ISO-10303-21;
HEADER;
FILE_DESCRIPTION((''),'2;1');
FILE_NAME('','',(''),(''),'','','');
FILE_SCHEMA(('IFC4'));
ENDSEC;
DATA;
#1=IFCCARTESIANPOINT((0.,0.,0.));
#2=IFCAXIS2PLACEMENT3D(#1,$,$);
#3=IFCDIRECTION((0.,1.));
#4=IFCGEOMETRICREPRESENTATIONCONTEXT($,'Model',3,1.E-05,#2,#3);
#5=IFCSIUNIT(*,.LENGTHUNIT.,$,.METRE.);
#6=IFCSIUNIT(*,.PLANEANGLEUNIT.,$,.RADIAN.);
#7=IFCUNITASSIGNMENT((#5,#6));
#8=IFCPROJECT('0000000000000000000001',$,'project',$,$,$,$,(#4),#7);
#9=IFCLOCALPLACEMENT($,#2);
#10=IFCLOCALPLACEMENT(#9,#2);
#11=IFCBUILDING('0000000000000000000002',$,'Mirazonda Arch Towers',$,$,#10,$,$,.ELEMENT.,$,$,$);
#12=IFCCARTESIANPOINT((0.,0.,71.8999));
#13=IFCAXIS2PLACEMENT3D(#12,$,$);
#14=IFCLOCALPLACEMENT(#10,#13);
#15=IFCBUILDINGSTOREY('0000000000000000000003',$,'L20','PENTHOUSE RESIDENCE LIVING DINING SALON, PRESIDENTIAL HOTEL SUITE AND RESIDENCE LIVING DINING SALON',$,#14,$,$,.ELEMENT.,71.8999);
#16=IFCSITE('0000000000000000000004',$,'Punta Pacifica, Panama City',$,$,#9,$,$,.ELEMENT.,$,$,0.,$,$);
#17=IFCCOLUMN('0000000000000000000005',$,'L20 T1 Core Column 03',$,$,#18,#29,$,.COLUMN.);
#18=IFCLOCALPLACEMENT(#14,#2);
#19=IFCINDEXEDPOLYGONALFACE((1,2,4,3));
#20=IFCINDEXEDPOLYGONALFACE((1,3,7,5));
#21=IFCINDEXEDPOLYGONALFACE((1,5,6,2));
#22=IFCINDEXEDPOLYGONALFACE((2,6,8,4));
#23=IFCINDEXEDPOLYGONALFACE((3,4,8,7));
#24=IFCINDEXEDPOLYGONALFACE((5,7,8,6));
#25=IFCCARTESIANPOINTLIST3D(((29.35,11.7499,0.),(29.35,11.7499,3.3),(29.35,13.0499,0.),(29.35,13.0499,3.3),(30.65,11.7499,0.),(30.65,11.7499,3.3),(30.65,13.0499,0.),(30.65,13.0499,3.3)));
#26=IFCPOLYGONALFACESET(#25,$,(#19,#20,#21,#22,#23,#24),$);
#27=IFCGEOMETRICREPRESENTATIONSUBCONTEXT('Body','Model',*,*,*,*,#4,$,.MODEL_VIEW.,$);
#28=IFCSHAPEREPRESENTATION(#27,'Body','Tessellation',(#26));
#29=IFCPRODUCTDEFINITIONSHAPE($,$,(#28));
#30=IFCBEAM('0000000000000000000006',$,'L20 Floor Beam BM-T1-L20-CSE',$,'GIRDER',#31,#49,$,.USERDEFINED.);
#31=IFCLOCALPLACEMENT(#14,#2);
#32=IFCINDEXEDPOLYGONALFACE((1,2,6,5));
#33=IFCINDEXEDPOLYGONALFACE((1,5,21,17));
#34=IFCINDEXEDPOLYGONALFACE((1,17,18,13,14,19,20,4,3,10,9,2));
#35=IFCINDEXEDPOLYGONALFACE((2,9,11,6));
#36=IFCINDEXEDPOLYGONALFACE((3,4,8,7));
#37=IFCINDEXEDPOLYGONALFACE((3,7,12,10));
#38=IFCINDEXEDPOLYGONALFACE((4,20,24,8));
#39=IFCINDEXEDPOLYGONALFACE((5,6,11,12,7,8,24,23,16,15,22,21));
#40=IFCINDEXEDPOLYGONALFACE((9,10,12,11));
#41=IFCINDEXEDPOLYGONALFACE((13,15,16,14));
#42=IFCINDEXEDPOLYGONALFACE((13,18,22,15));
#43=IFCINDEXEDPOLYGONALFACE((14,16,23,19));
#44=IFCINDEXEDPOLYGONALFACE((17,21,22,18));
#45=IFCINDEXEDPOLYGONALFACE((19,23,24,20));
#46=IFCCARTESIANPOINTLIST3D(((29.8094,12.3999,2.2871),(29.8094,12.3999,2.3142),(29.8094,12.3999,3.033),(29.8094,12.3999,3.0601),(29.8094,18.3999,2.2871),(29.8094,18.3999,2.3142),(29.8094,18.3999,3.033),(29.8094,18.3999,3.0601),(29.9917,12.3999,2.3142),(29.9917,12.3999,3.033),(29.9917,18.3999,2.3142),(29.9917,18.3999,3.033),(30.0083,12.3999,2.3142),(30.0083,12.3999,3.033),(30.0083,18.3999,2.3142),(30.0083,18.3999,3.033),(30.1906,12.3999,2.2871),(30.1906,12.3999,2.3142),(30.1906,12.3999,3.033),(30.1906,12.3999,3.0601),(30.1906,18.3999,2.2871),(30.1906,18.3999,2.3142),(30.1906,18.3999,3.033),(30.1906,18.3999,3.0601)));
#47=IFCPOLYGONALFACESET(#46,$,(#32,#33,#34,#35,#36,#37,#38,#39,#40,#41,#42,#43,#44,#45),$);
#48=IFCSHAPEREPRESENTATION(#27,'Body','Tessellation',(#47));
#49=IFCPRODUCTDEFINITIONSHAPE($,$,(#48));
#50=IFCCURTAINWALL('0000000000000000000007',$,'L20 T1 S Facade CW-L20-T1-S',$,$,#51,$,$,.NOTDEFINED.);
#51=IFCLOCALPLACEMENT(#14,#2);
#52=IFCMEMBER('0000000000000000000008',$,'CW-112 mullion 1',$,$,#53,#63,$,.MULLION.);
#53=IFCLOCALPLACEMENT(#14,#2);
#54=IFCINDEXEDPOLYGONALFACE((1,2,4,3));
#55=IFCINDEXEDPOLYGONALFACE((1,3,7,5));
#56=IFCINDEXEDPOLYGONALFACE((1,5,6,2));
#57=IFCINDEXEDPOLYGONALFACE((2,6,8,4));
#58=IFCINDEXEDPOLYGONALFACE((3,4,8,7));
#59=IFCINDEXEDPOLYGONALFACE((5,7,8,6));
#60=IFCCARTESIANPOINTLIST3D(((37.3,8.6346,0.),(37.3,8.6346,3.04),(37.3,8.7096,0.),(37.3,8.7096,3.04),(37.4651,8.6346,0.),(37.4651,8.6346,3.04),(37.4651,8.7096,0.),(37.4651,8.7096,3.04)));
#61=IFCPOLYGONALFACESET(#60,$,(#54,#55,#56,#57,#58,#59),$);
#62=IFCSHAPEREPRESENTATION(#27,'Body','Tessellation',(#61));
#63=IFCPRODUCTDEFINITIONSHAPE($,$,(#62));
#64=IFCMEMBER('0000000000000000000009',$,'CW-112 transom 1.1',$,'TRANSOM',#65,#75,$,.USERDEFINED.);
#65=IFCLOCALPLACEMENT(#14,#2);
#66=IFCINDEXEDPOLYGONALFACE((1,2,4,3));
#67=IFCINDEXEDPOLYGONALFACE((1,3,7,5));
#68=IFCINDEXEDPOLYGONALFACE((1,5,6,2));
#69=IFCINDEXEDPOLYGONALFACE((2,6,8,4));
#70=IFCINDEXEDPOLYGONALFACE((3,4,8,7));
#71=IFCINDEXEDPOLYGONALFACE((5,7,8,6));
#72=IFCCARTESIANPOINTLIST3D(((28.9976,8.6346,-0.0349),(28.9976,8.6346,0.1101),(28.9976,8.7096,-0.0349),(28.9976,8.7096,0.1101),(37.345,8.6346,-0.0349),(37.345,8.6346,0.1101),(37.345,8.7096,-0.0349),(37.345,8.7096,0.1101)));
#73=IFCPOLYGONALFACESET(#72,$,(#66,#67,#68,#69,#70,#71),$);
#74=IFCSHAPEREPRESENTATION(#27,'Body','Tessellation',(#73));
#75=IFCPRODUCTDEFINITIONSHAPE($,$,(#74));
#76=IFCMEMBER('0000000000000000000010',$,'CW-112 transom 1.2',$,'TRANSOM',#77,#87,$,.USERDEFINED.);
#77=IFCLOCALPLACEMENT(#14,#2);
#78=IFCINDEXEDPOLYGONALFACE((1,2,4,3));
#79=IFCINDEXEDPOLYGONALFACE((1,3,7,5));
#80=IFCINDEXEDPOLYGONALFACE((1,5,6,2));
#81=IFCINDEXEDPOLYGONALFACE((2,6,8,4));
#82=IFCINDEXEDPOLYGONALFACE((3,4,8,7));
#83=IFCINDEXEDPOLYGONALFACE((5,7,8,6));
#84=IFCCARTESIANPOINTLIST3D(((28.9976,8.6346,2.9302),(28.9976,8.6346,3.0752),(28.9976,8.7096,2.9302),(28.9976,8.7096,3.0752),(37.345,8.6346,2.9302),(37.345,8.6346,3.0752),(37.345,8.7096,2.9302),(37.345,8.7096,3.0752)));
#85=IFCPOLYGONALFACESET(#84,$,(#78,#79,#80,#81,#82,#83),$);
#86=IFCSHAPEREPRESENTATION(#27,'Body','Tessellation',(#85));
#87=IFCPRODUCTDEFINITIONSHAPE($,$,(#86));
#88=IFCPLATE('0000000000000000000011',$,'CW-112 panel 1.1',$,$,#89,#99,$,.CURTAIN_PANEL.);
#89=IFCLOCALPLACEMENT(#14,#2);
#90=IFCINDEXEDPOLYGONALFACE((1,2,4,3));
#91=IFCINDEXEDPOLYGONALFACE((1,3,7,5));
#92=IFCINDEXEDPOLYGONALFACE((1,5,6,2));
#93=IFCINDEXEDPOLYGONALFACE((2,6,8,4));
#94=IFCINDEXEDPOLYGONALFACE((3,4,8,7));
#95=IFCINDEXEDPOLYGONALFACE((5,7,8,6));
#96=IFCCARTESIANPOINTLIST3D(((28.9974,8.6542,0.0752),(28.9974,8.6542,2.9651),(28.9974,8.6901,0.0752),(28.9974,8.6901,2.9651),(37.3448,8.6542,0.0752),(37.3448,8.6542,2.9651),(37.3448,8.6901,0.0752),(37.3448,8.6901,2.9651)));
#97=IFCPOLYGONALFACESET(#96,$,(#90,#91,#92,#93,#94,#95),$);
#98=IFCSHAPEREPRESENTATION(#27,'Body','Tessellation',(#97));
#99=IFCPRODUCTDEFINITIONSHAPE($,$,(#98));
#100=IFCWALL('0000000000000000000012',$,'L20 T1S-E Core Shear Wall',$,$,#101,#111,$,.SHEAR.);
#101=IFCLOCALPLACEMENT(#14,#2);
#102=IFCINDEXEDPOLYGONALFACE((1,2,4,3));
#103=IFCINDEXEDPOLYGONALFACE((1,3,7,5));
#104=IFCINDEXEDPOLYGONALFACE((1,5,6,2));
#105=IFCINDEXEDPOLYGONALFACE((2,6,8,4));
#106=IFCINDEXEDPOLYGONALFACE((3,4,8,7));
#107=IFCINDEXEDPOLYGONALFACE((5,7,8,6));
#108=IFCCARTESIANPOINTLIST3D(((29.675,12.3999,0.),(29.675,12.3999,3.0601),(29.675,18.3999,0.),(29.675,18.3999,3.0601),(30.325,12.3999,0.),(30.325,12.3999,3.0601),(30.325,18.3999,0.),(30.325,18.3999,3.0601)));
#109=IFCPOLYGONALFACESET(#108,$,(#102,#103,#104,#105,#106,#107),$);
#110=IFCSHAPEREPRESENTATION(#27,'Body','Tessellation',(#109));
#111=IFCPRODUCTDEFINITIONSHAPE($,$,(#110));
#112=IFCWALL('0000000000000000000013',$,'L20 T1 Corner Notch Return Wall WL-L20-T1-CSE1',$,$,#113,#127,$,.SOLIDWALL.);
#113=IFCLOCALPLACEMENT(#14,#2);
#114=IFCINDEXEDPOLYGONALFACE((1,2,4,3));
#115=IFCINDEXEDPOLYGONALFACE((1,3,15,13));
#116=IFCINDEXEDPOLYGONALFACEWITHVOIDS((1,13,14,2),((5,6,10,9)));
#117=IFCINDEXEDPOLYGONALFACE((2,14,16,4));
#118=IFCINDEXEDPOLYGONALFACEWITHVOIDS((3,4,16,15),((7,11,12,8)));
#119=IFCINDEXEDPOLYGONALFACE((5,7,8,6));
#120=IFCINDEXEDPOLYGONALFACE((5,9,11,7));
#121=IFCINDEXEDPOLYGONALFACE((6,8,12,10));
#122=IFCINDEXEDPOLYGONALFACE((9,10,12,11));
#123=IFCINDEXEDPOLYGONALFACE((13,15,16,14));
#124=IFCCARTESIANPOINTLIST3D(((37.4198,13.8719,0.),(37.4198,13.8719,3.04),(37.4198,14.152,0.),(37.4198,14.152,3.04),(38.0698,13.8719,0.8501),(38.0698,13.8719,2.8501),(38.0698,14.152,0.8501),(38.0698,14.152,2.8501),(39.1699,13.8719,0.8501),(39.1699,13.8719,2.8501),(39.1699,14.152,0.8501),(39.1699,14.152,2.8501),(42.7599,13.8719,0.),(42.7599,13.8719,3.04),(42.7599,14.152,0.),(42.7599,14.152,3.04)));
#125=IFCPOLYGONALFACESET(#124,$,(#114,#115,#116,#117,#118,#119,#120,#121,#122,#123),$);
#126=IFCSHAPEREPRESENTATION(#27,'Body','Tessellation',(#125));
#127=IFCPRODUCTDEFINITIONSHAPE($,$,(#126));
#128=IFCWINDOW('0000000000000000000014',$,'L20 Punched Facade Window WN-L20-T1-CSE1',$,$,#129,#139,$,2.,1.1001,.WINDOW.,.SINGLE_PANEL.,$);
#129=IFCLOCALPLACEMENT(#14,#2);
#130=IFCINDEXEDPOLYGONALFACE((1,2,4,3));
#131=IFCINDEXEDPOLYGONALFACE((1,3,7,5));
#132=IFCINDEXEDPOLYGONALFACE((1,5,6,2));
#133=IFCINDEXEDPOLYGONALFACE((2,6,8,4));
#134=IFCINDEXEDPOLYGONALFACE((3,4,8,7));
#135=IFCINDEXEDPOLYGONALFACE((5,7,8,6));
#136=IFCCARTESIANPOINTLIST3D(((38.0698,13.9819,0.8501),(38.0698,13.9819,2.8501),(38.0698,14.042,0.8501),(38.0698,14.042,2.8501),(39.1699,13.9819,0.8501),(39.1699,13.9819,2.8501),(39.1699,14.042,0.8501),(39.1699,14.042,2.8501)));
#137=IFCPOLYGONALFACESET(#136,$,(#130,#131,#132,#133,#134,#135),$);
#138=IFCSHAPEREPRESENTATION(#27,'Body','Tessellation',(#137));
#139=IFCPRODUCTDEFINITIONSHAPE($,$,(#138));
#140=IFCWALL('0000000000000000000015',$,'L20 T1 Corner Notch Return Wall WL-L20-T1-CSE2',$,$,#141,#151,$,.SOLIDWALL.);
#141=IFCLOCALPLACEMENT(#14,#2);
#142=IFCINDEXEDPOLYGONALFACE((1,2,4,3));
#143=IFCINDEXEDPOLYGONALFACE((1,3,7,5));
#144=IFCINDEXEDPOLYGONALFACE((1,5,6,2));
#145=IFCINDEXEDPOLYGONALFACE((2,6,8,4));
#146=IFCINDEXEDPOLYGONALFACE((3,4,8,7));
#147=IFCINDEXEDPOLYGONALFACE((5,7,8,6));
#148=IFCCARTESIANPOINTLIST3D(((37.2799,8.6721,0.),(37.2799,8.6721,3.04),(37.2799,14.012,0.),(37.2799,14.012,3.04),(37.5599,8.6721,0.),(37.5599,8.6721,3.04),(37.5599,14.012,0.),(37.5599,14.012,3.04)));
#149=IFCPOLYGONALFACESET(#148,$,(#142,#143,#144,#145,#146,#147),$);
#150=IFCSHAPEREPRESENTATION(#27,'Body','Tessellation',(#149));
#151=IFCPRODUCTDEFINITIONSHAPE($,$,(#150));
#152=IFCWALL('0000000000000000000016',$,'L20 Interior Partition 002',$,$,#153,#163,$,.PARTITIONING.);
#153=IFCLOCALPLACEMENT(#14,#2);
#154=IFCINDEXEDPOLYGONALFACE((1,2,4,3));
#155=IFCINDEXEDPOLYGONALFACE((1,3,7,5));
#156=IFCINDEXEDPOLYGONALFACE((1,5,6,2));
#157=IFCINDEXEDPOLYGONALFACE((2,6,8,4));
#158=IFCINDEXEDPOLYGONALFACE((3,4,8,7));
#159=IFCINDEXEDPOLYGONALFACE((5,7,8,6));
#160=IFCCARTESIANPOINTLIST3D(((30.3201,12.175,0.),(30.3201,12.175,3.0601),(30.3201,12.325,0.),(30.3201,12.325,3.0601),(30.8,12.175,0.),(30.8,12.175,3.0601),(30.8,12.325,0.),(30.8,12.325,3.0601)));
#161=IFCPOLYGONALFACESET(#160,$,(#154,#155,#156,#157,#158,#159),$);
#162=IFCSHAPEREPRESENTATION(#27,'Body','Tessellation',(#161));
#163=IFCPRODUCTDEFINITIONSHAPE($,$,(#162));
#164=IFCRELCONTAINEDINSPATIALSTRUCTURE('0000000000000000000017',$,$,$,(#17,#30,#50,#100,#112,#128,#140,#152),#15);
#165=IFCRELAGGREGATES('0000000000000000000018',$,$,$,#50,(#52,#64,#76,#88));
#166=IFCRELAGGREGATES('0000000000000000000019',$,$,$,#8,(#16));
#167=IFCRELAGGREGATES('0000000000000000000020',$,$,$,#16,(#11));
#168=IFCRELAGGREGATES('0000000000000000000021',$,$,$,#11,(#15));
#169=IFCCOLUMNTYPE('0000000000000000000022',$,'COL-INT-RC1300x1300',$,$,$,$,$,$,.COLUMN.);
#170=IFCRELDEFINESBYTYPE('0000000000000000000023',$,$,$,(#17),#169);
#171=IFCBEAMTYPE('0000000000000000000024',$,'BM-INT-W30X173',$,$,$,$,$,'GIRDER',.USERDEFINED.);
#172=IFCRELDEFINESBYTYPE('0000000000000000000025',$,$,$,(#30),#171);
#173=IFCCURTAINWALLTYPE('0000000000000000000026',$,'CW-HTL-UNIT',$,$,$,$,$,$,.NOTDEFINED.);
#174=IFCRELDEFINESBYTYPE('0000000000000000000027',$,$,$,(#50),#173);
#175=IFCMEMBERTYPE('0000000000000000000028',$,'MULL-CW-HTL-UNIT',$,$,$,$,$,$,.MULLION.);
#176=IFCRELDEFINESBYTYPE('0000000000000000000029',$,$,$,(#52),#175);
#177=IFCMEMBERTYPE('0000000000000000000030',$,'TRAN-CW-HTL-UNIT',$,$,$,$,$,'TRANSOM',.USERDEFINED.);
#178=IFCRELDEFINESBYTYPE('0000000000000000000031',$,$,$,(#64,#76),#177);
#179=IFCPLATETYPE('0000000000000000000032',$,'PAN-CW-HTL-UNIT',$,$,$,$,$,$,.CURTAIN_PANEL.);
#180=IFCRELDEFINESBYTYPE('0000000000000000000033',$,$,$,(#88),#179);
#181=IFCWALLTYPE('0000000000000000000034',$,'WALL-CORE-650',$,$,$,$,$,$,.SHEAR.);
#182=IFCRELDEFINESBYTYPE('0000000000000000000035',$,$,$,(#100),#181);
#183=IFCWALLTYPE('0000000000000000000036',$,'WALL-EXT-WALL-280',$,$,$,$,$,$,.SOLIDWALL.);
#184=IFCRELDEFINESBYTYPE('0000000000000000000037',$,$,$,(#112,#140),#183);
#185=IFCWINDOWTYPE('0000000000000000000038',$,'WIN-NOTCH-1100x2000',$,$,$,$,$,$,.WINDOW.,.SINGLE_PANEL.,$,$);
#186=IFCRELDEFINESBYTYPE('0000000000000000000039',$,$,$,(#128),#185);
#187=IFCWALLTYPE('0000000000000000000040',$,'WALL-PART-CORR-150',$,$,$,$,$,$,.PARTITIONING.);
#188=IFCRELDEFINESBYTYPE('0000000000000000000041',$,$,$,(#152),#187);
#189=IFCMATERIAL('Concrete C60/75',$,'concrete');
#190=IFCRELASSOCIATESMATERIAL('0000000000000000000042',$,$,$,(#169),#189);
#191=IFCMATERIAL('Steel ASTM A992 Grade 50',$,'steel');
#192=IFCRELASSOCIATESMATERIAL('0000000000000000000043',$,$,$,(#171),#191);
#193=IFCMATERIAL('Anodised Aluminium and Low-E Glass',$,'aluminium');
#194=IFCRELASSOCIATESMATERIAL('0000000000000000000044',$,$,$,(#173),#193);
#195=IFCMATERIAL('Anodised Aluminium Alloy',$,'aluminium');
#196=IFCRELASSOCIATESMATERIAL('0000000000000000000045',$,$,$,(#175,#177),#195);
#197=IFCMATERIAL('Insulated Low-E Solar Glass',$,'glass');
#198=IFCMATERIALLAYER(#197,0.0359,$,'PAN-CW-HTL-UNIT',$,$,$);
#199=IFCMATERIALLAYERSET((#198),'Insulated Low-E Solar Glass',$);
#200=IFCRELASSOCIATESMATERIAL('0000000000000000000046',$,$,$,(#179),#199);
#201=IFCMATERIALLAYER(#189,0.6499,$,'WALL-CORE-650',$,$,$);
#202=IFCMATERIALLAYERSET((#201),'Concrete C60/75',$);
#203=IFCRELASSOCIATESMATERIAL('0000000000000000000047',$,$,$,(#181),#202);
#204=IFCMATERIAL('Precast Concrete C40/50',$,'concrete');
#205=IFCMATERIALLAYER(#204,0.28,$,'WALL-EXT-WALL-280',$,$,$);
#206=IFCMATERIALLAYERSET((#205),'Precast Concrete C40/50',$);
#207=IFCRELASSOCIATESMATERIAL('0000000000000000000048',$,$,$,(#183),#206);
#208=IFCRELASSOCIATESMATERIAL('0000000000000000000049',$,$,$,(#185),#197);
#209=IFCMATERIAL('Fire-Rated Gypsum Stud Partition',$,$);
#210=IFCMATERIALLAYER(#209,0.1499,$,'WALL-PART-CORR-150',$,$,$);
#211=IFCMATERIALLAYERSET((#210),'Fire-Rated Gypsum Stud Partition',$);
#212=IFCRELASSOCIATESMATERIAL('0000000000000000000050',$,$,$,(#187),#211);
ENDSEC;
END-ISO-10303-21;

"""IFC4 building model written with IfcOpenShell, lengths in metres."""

from ifc_helpers import new_model, si_unit, direction, frame, frame_2d, origin, origin_2d, place, context, subcontext, project, spatial, rectangle, i_section, extrude, material, layer, layer_set, material_profile, profile_set, type_object, element, fill, aggregate, save


model = new_model("IFC4")

# Units and contexts
model_context = context("Model", 3, precision=1e-05, world=origin(), true_north=direction((0.0, 1.0)))
body_context = subcontext(model_context, "Body", "Model", "MODEL_VIEW")
ifc_project = project(units=[si_unit("LENGTHUNIT", "METRE"), si_unit("PLANEANGLEUNIT", "RADIAN")], contexts=[model_context])

# Site, building, storey
site_placement = place(None, origin())
site = spatial("IfcSite", under=ifc_project, at=site_placement, Name="Punta Pacifica, Panama City", CompositionType="ELEMENT", RefElevation=0.0)
building_placement = place(site_placement, origin())
building = spatial("IfcBuilding", under=site, at=building_placement, Name="Mirazonda Arch Towers", CompositionType="ELEMENT")
storey_placement = place(building_placement, frame((0.0, 0.0, 71.8999)))
storey = spatial("IfcBuildingStorey", under=building, at=storey_placement, Name="L20", Description="PENTHOUSE RESIDENCE LIVING DINING SALON, PRESIDENTIAL HOTEL SUITE AND RESIDENCE LIVING DINING SALON", CompositionType="ELEMENT", Elevation=71.8999)

# Column
ifc_material_1 = material(Name="Concrete C60/75", Category="concrete")
ifc_material_profile_1 = material_profile(ifc_material_1, rectangle(XDim=1.3, YDim=1.3, at=origin_2d()), Name="RC1300x1300")
ifc_profile_set_1 = profile_set([ifc_material_profile_1], Name="Concrete C60/75")
column_type = type_object("IfcColumnType", Name="COL-INT-RC1300x1300", PredefinedType="COLUMN", material=ifc_profile_set_1)
column_placement = place(storey_placement, frame((30.0, 12.3999, 0.0), z_axis=(0.0, 0.0, 1.0), x_axis=(1.0, 0.0, 0.0)))
element("IfcColumn", 1, at=column_placement, inside=storey, type_object=column_type, Name="L20 T1 Core Column 03", PredefinedType="COLUMN", context=body_context, shape_type="SweptSolid", body=[
    extrude(rectangle(XDim=1.3, YDim=1.3, at=origin_2d()), origin(), (0.0, 0.0, 1.0), 3.3),
])

# Beam
ifc_material_2 = material(Name="Steel ASTM A992 Grade 50", Category="steel")
ifc_material_profile_2 = material_profile(ifc_material_2, i_section(OverallWidth=0.3811, OverallDepth=0.7729, WebThickness=0.0166, FlangeThickness=0.0271, at=origin_2d()), Name="W30X173")
ifc_profile_set_2 = profile_set([ifc_material_profile_2], Name="Steel ASTM A992 Grade 50")
beam_type = type_object("IfcBeamType", Name="BM-INT-W30X173", ElementType="GIRDER", PredefinedType="USERDEFINED", material=ifc_profile_set_2)
beam_placement = place(storey_placement, frame((30.0, 12.3999, 2.6736), z_axis=(0.0, 1.0, 0.0), x_axis=(-1.0, 0.0, 0.0)))
element("IfcBeam", 2, at=beam_placement, inside=storey, type_object=beam_type, Name="L20 Floor Beam BM-T1-L20-CSE", ObjectType="GIRDER", PredefinedType="USERDEFINED", context=body_context, shape_type="SweptSolid", body=[
    extrude(i_section(OverallWidth=0.3811, OverallDepth=0.7729, WebThickness=0.0166, FlangeThickness=0.0271, at=origin_2d()), origin(), (0.0, 0.0, 1.0), 6.0),
])

# Curtain wall, members, plate
ifc_material_3 = material(Name="Anodised Aluminium and Low-E Glass", Category="aluminium")
curtain_wall_type = type_object("IfcCurtainWallType", Name="CW-HTL-UNIT", PredefinedType="NOTDEFINED", material=ifc_material_3)
curtain_wall_placement = place(storey_placement, origin())
curtain_wall = element("IfcCurtainWall", 3, at=curtain_wall_placement, inside=storey, type_object=curtain_wall_type, Name="L20 T1 S Facade CW-L20-T1-S", PredefinedType="NOTDEFINED")
ifc_material_4 = material(Name="Anodised Aluminium Alloy", Category="aluminium")
ifc_material_profile_3 = material_profile(ifc_material_4, rectangle(XDim=0.075, YDim=0.165, at=origin_2d()), Name="ALU-MULL-75x165")
ifc_profile_set_3 = profile_set([ifc_material_profile_3], Name="Anodised Aluminium Alloy")
member_type_1 = type_object("IfcMemberType", Name="MULL-CW-HTL-UNIT", PredefinedType="MULLION", material=ifc_profile_set_3)
member_1_placement = place(storey_placement, frame((37.3826, 8.6721, 0.0), z_axis=(0.0, 0.0, 1.0), x_axis=(0.0, -1.0, 0.0)))
member_1 = element("IfcMember", 4, at=member_1_placement, type_object=member_type_1, Name="CW-112 mullion 1", PredefinedType="MULLION", context=body_context, shape_type="SweptSolid", body=[
    extrude(rectangle(XDim=0.075, YDim=0.165, at=origin_2d()), origin(), (0.0, 0.0, 1.0), 3.04),
])
ifc_material_profile_4 = material_profile(ifc_material_4, rectangle(XDim=0.075, YDim=0.145, at=origin_2d()), Name="ALU-TRAN-75x145")
ifc_profile_set_4 = profile_set([ifc_material_profile_4], Name="Anodised Aluminium Alloy")
member_type_2 = type_object("IfcMemberType", Name="TRAN-CW-HTL-UNIT", ElementType="TRANSOM", PredefinedType="USERDEFINED", material=ifc_profile_set_4)
member_2_placement = place(storey_placement, frame((37.345, 8.6721, 0.0376), z_axis=(-1.0, 0.0, 0.0), x_axis=(0.0, -1.0, 0.0)))
member_2 = element("IfcMember", 5, at=member_2_placement, type_object=member_type_2, Name="CW-112 transom 1.1", ObjectType="TRANSOM", PredefinedType="USERDEFINED", context=body_context, shape_type="SweptSolid", body=[
    extrude(rectangle(XDim=0.075, YDim=0.145, at=origin_2d()), origin(), (0.0, 0.0, 1.0), 8.3474),
])
member_3_placement = place(storey_placement, frame((37.345, 8.6721, 3.0027), z_axis=(-1.0, 0.0, 0.0), x_axis=(0.0, -1.0, 0.0)))
member_3 = element("IfcMember", 6, at=member_3_placement, type_object=member_type_2, Name="CW-112 transom 1.2", ObjectType="TRANSOM", PredefinedType="USERDEFINED", context=body_context, shape_type="SweptSolid", body=[
    extrude(rectangle(XDim=0.075, YDim=0.145, at=origin_2d()), origin(), (0.0, 0.0, 1.0), 8.3474),
])
ifc_material_5 = material(Name="Insulated Low-E Solar Glass", Category="glass")
ifc_layer_1 = layer(ifc_material_5, 0.0359, Name="PAN-CW-HTL-UNIT")
ifc_layer_set_1 = layer_set([ifc_layer_1], Name="Insulated Low-E Solar Glass")
plate_type = type_object("IfcPlateType", Name="PAN-CW-HTL-UNIT", PredefinedType="CURTAIN_PANEL", material=ifc_layer_set_1)
plate_placement = place(storey_placement, frame((33.1711, 8.6721, 0.0752), z_axis=(0.0, 0.0, 1.0), x_axis=(-1.0, 0.0, 0.0)))
plate = element("IfcPlate", 7, at=plate_placement, type_object=plate_type, Name="CW-112 panel 1.1", PredefinedType="CURTAIN_PANEL", context=body_context, shape_type="SweptSolid", body=[
    extrude(rectangle(XDim=8.3474, YDim=0.0359, at=origin_2d()), origin(), (0.0, 0.0, 1.0), 2.8899),
])
aggregate(curtain_wall, [member_1, member_2, member_3, plate])

# Wall
ifc_layer_2 = layer(ifc_material_1, 0.6499, Name="WALL-CORE-650")
ifc_layer_set_2 = layer_set([ifc_layer_2], Name="Concrete C60/75")
wall_type_1 = type_object("IfcWallType", Name="WALL-CORE-650", PredefinedType="SHEAR", material=ifc_layer_set_2)
wall_1_placement = place(storey_placement, frame((30.0, 12.3999, 0.0), z_axis=(0.0, 0.0, 1.0), x_axis=(0.0, 1.0, 0.0)))
element("IfcWall", 8, at=wall_1_placement, inside=storey, type_object=wall_type_1, Name="L20 T1S-E Core Shear Wall", PredefinedType="SHEAR", context=body_context, shape_type="SweptSolid", body=[
    extrude(rectangle(XDim=6.0, YDim=0.6499, at=frame_2d((3.0, 0.0))), origin(), (0.0, 0.0, 1.0), 3.0601),
])

# Wall, opening, window
ifc_material_6 = material(Name="Precast Concrete C40/50", Category="concrete")
ifc_layer_3 = layer(ifc_material_6, 0.28, Name="WALL-EXT-WALL-280")
ifc_layer_set_3 = layer_set([ifc_layer_3], Name="Precast Concrete C40/50")
wall_type_2 = type_object("IfcWallType", Name="WALL-EXT-WALL-280", PredefinedType="SOLIDWALL", material=ifc_layer_set_3)
wall_2_placement = place(storey_placement, frame((37.4199, 14.012, 0.0), z_axis=(0.0, 0.0, 1.0), x_axis=(1.0, 0.0, 0.0)))
wall_2 = element("IfcWall", 9, at=wall_2_placement, inside=storey, type_object=wall_type_2, Name="L20 T1 Corner Notch Return Wall WL-L20-T1-CSE1", PredefinedType="SOLIDWALL", context=body_context, shape_type="SweptSolid", body=[
    extrude(rectangle(XDim=5.3401, YDim=0.28, at=frame_2d((2.6699, 0.0))), origin(), (0.0, 0.0, 1.0), 3.04),
])
opening_1_placement = place(wall_2_placement, frame((0.6499, 0.0, 0.8501)))
opening_1 = element("IfcOpeningElement", 10, at=opening_1_placement, cuts=wall_2, PredefinedType="OPENING", context=body_context, shape_type="SweptSolid", body=[
    extrude(rectangle(XDim=1.1001, YDim=2.0, at=frame_2d((0.55, 1.0))), frame((0.0, 0.1499, 0.0), z_axis=(0.0, -1.0, 0.0), x_axis=(1.0, 0.0, 0.0)), (0.0, 0.0, 1.0), 0.3),
])
window_type = type_object("IfcWindowType", Name="WIN-NOTCH-1100x2000", PartitioningType="SINGLE_PANEL", PredefinedType="WINDOW", material=ifc_material_5)
window_placement = place(opening_1_placement, origin())
window = element("IfcWindow", 11, at=window_placement, inside=storey, type_object=window_type, Name="L20 Punched Facade Window WN-L20-T1-CSE1", OverallHeight=2.0, OverallWidth=1.1001, PartitioningType="SINGLE_PANEL", PredefinedType="WINDOW", context=body_context, shape_type="SweptSolid", body=[
    extrude(rectangle(XDim=1.1001, YDim=2.0, at=frame_2d((0.55, 1.0))), frame((0.0, 0.03, 0.0), z_axis=(0.0, -1.0, 0.0), x_axis=(1.0, 0.0, 0.0)), (0.0, 0.0, 1.0), 0.0601),
])
fill(opening_1, window)

# Walls
wall_3_placement = place(storey_placement, frame((37.4199, 8.6721, 0.0), z_axis=(0.0, 0.0, 1.0), x_axis=(0.0, 1.0, 0.0)))
element("IfcWall", 12, at=wall_3_placement, inside=storey, type_object=wall_type_2, Name="L20 T1 Corner Notch Return Wall WL-L20-T1-CSE2", PredefinedType="SOLIDWALL", context=body_context, shape_type="SweptSolid", body=[
    extrude(rectangle(XDim=5.3398, YDim=0.28, at=frame_2d((2.6699, 0.0))), origin(), (0.0, 0.0, 1.0), 3.04),
])
ifc_material_7 = material(Name="Fire-Rated Gypsum Stud Partition")
ifc_layer_4 = layer(ifc_material_7, 0.1499, Name="WALL-PART-CORR-150")
ifc_layer_set_4 = layer_set([ifc_layer_4], Name="Fire-Rated Gypsum Stud Partition")
wall_type_3 = type_object("IfcWallType", Name="WALL-PART-CORR-150", PredefinedType="PARTITIONING", material=ifc_layer_set_4)
wall_4_placement = place(storey_placement, frame((30.3201, 12.25, 0.0), z_axis=(0.0, 0.0, 1.0), x_axis=(1.0, 0.0, 0.0)))
element("IfcWall", 13, at=wall_4_placement, inside=storey, type_object=wall_type_3, Name="L20 Interior Partition 002", PredefinedType="PARTITIONING", context=body_context, shape_type="SweptSolid", body=[
    extrude(rectangle(XDim=0.48, YDim=0.1499, at=frame_2d((0.24, 0.0))), origin(), (0.0, 0.0, 1.0), 3.0601),
])

save(model, "model.ifc")
